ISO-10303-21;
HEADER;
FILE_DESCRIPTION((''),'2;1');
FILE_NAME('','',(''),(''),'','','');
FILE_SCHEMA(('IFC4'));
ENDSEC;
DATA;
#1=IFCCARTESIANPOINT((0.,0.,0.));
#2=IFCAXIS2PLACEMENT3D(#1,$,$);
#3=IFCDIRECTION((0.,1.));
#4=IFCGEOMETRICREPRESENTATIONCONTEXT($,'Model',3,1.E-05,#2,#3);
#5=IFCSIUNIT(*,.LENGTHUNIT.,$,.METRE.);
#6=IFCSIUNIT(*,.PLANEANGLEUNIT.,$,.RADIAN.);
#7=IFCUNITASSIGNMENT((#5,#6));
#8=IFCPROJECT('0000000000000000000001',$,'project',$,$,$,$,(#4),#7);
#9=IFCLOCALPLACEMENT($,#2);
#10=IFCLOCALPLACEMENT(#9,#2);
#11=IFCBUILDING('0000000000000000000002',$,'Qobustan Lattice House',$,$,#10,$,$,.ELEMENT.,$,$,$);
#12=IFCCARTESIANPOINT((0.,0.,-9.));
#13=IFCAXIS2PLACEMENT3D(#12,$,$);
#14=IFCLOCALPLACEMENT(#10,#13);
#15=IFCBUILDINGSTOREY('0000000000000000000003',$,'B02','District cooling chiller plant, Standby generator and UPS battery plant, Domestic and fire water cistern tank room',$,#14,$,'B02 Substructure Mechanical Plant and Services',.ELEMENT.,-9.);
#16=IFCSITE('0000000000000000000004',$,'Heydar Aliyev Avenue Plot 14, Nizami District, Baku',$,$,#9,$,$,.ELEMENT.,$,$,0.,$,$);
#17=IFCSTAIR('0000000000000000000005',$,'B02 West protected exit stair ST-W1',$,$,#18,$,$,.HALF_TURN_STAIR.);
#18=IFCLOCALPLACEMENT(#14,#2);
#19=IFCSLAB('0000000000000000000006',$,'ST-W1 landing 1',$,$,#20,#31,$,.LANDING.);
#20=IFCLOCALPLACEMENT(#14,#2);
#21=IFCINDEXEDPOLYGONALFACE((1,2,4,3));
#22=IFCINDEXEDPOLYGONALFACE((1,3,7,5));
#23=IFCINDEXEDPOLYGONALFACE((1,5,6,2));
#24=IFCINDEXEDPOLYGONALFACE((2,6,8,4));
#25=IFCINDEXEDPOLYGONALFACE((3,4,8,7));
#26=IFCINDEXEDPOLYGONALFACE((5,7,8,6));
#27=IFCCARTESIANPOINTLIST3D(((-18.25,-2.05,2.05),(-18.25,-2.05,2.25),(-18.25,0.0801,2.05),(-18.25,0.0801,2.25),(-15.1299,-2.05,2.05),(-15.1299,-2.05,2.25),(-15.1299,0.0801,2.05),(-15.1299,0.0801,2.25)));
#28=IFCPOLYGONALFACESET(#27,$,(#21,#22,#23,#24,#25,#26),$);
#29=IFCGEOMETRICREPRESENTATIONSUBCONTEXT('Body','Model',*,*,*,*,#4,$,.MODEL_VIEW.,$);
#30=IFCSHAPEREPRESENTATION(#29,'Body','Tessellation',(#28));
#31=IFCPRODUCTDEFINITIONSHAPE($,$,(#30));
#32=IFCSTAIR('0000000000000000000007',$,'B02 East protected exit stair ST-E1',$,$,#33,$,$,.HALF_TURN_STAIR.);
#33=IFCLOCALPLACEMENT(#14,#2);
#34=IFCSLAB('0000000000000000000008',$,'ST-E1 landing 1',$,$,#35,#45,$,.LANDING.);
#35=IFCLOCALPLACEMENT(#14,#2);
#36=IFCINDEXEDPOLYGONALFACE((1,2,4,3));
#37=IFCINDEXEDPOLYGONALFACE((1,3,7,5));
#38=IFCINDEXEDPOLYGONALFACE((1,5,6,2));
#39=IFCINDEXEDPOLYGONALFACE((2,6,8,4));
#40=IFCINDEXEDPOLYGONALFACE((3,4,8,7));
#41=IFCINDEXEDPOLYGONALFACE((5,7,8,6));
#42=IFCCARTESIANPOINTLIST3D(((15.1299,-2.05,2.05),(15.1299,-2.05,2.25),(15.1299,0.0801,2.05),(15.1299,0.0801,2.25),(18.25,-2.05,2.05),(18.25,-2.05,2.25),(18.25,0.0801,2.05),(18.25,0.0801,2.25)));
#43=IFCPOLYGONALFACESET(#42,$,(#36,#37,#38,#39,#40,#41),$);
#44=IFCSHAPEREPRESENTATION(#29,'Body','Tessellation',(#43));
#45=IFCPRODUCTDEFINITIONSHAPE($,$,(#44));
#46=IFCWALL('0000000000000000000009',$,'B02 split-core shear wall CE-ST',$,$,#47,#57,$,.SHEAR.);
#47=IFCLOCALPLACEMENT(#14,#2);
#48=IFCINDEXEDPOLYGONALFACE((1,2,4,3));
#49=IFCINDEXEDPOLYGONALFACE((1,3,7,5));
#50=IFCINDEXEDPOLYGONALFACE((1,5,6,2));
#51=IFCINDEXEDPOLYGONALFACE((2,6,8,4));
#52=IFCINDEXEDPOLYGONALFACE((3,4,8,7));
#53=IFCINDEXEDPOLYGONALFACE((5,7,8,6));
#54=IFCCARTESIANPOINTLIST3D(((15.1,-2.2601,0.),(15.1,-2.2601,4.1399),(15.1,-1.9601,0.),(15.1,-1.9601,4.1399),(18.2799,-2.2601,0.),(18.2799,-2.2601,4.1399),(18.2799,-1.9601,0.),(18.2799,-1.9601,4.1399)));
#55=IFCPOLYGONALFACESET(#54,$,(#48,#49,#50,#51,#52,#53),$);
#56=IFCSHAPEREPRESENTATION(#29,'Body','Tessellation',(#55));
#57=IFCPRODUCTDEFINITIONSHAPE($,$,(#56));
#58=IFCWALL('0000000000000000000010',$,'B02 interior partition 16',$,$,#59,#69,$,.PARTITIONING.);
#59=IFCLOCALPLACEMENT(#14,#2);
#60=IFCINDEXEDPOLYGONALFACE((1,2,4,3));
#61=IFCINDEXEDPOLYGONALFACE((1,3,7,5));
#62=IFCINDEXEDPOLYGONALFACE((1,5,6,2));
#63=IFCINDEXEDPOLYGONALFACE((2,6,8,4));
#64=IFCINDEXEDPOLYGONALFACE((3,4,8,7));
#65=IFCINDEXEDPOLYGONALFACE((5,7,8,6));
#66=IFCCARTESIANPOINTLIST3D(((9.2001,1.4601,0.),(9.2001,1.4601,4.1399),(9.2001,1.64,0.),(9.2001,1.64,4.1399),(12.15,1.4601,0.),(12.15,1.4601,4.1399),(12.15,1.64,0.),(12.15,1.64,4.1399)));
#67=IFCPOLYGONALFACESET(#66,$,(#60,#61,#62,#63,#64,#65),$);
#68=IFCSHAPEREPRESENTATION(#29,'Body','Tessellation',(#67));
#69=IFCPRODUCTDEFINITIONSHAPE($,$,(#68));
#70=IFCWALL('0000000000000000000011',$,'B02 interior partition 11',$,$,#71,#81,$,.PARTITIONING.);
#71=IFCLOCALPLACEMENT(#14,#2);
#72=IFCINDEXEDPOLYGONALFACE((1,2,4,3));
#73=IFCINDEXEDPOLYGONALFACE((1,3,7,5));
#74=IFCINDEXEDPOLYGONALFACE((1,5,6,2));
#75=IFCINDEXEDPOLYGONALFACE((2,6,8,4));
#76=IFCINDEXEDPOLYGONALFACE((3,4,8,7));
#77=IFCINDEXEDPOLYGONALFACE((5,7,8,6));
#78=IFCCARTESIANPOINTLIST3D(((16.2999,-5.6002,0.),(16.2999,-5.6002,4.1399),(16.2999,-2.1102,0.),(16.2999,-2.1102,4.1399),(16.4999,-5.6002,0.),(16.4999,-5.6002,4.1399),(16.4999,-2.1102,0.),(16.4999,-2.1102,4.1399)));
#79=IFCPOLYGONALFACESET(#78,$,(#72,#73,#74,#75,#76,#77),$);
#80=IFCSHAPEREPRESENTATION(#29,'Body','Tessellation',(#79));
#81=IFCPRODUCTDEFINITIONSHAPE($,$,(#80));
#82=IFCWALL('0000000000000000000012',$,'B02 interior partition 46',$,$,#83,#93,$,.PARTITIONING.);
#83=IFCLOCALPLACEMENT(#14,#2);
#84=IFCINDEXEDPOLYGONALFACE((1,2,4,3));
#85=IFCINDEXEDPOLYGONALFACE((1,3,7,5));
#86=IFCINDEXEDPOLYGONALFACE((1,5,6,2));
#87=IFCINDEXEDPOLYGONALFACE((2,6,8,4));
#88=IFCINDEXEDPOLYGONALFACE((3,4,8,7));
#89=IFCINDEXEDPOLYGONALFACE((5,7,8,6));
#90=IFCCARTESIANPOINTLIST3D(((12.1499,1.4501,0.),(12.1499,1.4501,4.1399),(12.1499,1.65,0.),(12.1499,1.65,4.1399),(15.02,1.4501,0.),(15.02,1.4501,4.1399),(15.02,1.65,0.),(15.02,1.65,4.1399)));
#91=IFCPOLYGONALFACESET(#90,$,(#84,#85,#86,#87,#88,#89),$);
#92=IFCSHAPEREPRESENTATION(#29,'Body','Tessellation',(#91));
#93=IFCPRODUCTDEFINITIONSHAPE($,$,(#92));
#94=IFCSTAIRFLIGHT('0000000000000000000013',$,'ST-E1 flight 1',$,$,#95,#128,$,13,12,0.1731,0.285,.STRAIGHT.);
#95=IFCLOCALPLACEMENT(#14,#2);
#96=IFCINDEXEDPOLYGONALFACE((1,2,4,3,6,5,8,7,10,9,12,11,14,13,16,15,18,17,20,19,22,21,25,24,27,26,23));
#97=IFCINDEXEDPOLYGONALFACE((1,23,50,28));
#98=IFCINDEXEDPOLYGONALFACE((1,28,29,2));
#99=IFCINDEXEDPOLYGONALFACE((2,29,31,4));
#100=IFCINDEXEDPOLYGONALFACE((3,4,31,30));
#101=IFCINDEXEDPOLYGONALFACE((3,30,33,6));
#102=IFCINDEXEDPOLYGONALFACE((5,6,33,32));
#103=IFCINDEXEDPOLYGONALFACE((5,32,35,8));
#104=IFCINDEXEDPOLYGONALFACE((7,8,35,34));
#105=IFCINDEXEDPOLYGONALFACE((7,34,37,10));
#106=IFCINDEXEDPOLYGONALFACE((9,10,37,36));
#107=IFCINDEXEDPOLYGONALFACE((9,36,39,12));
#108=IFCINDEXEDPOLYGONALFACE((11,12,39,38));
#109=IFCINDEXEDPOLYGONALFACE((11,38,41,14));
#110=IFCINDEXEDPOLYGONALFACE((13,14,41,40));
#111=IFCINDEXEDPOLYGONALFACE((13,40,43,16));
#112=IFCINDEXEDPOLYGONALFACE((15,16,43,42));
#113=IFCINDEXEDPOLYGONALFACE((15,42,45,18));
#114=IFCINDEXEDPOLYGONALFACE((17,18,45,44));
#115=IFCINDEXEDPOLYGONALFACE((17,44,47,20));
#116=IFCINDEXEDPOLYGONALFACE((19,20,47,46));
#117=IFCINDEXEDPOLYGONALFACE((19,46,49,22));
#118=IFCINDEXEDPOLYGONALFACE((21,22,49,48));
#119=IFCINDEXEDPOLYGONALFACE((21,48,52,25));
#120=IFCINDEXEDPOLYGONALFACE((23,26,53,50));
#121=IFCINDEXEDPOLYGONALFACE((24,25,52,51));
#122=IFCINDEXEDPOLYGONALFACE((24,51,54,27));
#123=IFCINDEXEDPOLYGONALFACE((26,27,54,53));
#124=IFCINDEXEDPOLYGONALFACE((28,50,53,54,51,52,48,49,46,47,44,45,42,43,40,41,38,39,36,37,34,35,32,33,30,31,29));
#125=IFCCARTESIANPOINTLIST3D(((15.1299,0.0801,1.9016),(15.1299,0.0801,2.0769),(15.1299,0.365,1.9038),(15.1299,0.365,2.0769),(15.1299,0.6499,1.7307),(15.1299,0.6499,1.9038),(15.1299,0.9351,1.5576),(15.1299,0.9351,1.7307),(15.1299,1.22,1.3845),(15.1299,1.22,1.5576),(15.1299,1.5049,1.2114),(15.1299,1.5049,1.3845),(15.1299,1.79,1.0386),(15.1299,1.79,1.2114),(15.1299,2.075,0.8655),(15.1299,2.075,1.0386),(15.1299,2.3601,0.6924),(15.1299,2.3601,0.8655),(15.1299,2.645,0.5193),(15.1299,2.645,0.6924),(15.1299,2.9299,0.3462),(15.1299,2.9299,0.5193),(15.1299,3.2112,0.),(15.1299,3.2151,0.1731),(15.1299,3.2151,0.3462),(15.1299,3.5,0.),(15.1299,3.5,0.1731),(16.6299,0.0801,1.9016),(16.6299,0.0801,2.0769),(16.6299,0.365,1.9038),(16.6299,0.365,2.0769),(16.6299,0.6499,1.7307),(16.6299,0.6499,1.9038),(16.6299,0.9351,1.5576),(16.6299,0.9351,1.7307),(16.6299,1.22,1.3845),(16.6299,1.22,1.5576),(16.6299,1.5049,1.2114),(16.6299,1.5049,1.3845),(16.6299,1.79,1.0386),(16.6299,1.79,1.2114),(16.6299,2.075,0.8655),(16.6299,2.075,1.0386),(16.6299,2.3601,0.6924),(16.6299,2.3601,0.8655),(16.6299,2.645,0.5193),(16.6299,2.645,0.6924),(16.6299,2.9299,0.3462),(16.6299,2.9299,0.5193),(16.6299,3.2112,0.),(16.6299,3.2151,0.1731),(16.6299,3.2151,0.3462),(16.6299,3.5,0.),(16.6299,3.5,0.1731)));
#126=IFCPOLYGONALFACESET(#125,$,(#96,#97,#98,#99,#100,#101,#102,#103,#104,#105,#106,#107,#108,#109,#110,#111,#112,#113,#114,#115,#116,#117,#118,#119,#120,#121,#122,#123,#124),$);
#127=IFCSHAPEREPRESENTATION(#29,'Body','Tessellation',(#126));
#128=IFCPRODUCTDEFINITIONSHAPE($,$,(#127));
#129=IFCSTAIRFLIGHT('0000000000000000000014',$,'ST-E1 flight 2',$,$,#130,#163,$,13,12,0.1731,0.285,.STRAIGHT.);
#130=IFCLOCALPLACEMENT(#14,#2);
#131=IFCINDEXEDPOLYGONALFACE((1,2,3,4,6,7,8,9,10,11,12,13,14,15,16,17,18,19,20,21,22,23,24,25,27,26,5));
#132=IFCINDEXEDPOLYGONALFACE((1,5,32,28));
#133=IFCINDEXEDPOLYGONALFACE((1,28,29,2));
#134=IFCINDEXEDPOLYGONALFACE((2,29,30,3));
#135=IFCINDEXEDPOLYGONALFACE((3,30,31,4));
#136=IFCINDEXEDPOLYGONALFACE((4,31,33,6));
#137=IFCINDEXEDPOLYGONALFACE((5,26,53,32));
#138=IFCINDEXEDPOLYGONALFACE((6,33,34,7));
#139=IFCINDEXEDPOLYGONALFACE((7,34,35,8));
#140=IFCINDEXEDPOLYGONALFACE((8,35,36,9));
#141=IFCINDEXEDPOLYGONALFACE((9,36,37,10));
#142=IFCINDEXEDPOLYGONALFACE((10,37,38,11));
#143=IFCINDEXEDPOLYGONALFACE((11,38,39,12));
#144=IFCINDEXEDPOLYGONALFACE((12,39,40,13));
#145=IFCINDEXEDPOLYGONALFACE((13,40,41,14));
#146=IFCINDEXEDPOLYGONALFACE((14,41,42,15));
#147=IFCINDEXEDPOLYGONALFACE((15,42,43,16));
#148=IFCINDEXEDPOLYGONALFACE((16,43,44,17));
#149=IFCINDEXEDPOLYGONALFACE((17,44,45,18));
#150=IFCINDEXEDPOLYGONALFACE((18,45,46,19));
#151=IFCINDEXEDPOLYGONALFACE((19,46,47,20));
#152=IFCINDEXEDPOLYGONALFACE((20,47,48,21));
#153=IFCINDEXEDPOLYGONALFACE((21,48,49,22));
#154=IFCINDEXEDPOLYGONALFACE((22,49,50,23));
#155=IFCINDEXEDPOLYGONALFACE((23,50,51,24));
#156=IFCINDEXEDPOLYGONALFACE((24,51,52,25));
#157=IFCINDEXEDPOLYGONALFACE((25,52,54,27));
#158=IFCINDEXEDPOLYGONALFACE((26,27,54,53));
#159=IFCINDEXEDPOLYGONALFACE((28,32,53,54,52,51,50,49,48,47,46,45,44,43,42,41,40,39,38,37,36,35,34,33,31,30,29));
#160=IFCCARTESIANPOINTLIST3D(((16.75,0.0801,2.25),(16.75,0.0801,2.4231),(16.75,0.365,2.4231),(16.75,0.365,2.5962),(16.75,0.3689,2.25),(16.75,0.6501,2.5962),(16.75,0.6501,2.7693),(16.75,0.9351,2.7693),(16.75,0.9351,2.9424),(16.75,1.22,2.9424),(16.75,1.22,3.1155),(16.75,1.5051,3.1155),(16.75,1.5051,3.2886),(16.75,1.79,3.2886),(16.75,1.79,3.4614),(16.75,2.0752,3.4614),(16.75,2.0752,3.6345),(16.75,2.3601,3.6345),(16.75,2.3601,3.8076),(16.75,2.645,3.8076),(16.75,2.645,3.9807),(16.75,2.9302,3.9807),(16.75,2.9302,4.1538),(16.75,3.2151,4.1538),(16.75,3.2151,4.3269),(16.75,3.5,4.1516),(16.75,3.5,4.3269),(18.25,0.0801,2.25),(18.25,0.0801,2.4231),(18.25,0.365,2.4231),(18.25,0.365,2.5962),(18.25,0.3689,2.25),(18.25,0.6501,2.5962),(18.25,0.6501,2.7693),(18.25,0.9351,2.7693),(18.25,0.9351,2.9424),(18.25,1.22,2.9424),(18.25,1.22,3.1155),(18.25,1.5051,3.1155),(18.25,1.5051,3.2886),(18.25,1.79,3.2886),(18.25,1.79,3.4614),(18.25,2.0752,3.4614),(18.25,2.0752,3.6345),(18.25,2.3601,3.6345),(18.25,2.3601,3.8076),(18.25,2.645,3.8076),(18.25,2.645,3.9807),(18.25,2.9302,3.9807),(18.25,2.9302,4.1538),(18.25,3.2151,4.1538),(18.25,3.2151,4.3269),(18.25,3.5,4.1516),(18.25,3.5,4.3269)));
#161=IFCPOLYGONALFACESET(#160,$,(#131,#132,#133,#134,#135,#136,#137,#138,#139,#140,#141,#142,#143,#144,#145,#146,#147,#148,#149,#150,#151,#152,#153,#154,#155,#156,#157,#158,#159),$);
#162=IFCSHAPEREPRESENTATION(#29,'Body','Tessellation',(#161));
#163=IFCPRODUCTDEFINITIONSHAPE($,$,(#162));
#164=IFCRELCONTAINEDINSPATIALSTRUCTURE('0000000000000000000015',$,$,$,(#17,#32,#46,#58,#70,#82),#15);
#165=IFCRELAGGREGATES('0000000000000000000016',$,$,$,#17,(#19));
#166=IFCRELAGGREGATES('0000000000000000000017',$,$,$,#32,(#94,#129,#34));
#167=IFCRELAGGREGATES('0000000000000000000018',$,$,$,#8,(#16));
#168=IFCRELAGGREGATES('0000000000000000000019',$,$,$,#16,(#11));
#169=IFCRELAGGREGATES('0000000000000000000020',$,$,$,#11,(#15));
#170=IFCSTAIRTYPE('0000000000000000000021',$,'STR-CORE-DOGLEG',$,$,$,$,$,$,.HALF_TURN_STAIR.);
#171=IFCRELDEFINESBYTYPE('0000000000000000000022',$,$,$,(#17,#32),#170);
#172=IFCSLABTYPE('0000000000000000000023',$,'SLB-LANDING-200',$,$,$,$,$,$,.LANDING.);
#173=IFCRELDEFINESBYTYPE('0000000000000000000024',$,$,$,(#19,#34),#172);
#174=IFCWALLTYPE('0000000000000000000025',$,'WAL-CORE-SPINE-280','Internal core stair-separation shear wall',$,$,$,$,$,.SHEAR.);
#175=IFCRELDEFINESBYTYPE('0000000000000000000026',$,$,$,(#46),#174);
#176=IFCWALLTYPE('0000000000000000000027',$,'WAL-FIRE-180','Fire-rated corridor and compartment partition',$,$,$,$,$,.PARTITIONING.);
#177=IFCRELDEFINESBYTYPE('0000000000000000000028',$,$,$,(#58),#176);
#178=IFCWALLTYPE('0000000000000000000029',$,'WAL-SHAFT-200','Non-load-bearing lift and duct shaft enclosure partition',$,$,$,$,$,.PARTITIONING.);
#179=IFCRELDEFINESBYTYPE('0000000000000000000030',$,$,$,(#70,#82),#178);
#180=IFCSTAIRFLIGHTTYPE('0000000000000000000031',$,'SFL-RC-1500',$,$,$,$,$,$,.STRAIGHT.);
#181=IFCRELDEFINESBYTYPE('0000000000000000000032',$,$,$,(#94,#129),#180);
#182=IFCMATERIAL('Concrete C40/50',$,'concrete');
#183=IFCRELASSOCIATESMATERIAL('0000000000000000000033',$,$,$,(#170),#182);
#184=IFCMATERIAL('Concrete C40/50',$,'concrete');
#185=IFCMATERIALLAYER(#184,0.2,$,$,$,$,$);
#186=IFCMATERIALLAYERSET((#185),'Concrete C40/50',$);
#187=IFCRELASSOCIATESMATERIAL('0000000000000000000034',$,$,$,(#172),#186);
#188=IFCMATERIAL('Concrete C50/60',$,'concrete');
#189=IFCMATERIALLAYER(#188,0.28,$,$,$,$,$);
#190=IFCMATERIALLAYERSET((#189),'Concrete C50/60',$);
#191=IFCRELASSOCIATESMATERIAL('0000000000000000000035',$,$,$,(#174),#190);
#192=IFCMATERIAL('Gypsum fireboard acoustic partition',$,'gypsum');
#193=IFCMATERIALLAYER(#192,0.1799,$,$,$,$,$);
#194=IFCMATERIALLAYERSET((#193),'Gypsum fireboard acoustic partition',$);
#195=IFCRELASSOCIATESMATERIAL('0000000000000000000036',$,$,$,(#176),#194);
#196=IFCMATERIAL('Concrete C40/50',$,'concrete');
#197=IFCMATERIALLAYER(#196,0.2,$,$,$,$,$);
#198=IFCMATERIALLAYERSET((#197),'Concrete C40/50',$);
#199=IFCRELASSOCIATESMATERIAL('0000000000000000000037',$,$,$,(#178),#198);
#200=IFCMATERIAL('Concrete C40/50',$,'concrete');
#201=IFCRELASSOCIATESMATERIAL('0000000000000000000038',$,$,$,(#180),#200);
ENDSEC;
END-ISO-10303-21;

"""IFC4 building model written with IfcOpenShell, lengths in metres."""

from ifc_helpers import new_model, si_unit, direction, frame, frame_2d, origin, place, context, subcontext, project, spatial, polyline, rectangle, outline, extrude, material, layer, layer_set, type_object, element, aggregate, save


model = new_model("IFC4")

# Units and contexts
model_context = context("Model", 3, precision=1e-05, world=origin(), true_north=direction((0.0, 1.0)))
body_context = subcontext(model_context, "Body", "Model", "MODEL_VIEW")
ifc_project = project(units=[si_unit("LENGTHUNIT", "METRE"), si_unit("PLANEANGLEUNIT", "RADIAN")], contexts=[model_context])

# Site, building, storey
site_placement = place(None, origin())
site = spatial("IfcSite", under=ifc_project, at=site_placement, Name="Heydar Aliyev Avenue Plot 14, Nizami District, Baku", CompositionType="ELEMENT", RefElevation=0.0)
building_placement = place(site_placement, origin())
building = spatial("IfcBuilding", under=site, at=building_placement, Name="Qobustan Lattice House", CompositionType="ELEMENT")
storey_placement = place(building_placement, frame((0.0, 0.0, -9.0)))
storey = spatial("IfcBuildingStorey", under=building, at=storey_placement, Name="B02", Description="District cooling chiller plant, Standby generator and UPS battery plant, Domestic and fire water cistern tank room", LongName="B02 Substructure Mechanical Plant and Services", CompositionType="ELEMENT", Elevation=-9.0)

# Stairs, slabs
ifc_material_1 = material(Name="Concrete C40/50", Category="concrete")
stair_type = type_object("IfcStairType", Name="STR-CORE-DOGLEG", PredefinedType="HALF_TURN_STAIR", material=ifc_material_1)
stair_1_placement = place(storey_placement, origin())
stair_1 = element("IfcStair", 1, at=stair_1_placement, inside=storey, type_object=stair_type, Name="B02 West protected exit stair ST-W1", PredefinedType="HALF_TURN_STAIR")
ifc_material_2 = material(Name="Concrete C40/50", Category="concrete")
ifc_layer_1 = layer(ifc_material_2, 0.2)
ifc_layer_set_1 = layer_set([ifc_layer_1], Name="Concrete C40/50")
slab_type = type_object("IfcSlabType", Name="SLB-LANDING-200", PredefinedType="LANDING", material=ifc_layer_set_1)
slab_1_placement = place(storey_placement, frame((0.0, 0.0, 2.05)))
slab_1 = element("IfcSlab", 2, at=slab_1_placement, type_object=slab_type, Name="ST-W1 landing 1", PredefinedType="LANDING", context=body_context, shape_type="SweptSolid", body=[
    extrude(outline(polyline([(-18.25, 0.0801), (-18.25, -2.05), (-15.1299, -2.05), (-15.1299, 0.0801), (-18.25, 0.0801)])), origin(), (0.0, 0.0, 1.0), 0.2),
])
aggregate(stair_1, [slab_1])
stair_2_placement = place(storey_placement, origin())
stair_2 = element("IfcStair", 3, at=stair_2_placement, inside=storey, type_object=stair_type, Name="B02 East protected exit stair ST-E1", PredefinedType="HALF_TURN_STAIR")
slab_2_placement = place(storey_placement, frame((0.0, 0.0, 2.05)))
slab_2 = element("IfcSlab", 4, at=slab_2_placement, type_object=slab_type, Name="ST-E1 landing 1", PredefinedType="LANDING", context=body_context, shape_type="SweptSolid", body=[
    extrude(outline(polyline([(15.1299, 0.0801), (15.1299, -2.05), (18.25, -2.05), (18.25, 0.0801), (15.1299, 0.0801)])), origin(), (0.0, 0.0, 1.0), 0.2),
])

# Walls
ifc_material_3 = material(Name="Concrete C50/60", Category="concrete")
ifc_layer_2 = layer(ifc_material_3, 0.28)
ifc_layer_set_2 = layer_set([ifc_layer_2], Name="Concrete C50/60")
wall_type_1 = type_object("IfcWallType", Name="WAL-CORE-SPINE-280", Description="Internal core stair-separation shear wall", PredefinedType="SHEAR", material=ifc_layer_set_2)
wall_1_placement = place(storey_placement, frame((15.1001, -2.1101, 0.0), z_axis=(0.0, 0.0, 1.0), x_axis=(1.0, 0.0, 0.0)))
element("IfcWall", 5, at=wall_1_placement, inside=storey, type_object=wall_type_1, Name="B02 split-core shear wall CE-ST", PredefinedType="SHEAR", context=body_context, shape_type="SweptSolid", body=[
    extrude(rectangle(XDim=3.1799, YDim=0.3, at=frame_2d((1.5898, 0.0))), origin(), (0.0, 0.0, 1.0), 4.1399),
])
ifc_material_4 = material(Name="Gypsum fireboard acoustic partition", Category="gypsum")
ifc_layer_3 = layer(ifc_material_4, 0.1799)
ifc_layer_set_3 = layer_set([ifc_layer_3], Name="Gypsum fireboard acoustic partition")
wall_type_2 = type_object("IfcWallType", Name="WAL-FIRE-180", Description="Fire-rated corridor and compartment partition", PredefinedType="PARTITIONING", material=ifc_layer_set_3)
wall_2_placement = place(storey_placement, frame((9.2, 1.55, 0.0), z_axis=(0.0, 0.0, 1.0), x_axis=(1.0, 0.0, 0.0)))
element("IfcWall", 6, at=wall_2_placement, inside=storey, type_object=wall_type_2, Name="B02 interior partition 16", PredefinedType="PARTITIONING", context=body_context, shape_type="SweptSolid", body=[
    extrude(rectangle(XDim=2.95, YDim=0.1799, at=frame_2d((1.4751, 0.0))), origin(), (0.0, 0.0, 1.0), 4.1399),
])
ifc_material_5 = material(Name="Concrete C40/50", Category="concrete")
ifc_layer_4 = layer(ifc_material_5, 0.2)
ifc_layer_set_4 = layer_set([ifc_layer_4], Name="Concrete C40/50")
wall_type_3 = type_object("IfcWallType", Name="WAL-SHAFT-200", Description="Non-load-bearing lift and duct shaft enclosure partition", PredefinedType="PARTITIONING", material=ifc_layer_set_4)
wall_3_placement = place(storey_placement, frame((16.3999, -2.1101, 0.0), z_axis=(0.0, 0.0, 1.0), x_axis=(0.0, -1.0, 0.0)))
element("IfcWall", 7, at=wall_3_placement, inside=storey, type_object=wall_type_3, Name="B02 interior partition 11", PredefinedType="PARTITIONING", context=body_context, shape_type="SweptSolid", body=[
    extrude(rectangle(XDim=3.49, YDim=0.2, at=frame_2d((1.7451, 0.0))), origin(), (0.0, 0.0, 1.0), 4.1399),
])
wall_4_placement = place(storey_placement, frame((12.1499, 1.55, 0.0), z_axis=(0.0, 0.0, 1.0), x_axis=(1.0, 0.0, 0.0)))
element("IfcWall", 8, at=wall_4_placement, inside=storey, type_object=wall_type_3, Name="B02 interior partition 46", PredefinedType="PARTITIONING", context=body_context, shape_type="SweptSolid", body=[
    extrude(rectangle(XDim=2.8701, YDim=0.2, at=frame_2d((1.4351, 0.0))), origin(), (0.0, 0.0, 1.0), 4.1399),
])

# Stair flights
ifc_material_6 = material(Name="Concrete C40/50", Category="concrete")
stair_flight_type = type_object("IfcStairFlightType", Name="SFL-RC-1500", PredefinedType="STRAIGHT", material=ifc_material_6)
stair_flight_1_placement = place(storey_placement, frame((15.8799, 3.5, 0.0), z_axis=(0.0, 0.0, 1.0), x_axis=(0.0, -1.0, 0.0)))
stair_flight_1 = element("IfcStairFlight", 9, at=stair_flight_1_placement, type_object=stair_flight_type, Name="ST-E1 flight 1", NumberOfRisers=13, NumberOfTreads=12, PredefinedType="STRAIGHT", RiserHeight=0.1731, TreadLength=0.285, context=body_context, shape_type="SweptSolid", body=[
    extrude(outline(polyline([(0.0, 0.0), (0.0, 0.1731), (0.2849, 0.1731), (0.2849, 0.3462), (0.5701, 0.3462), (0.5701, 0.5193), (0.855, 0.5193), (0.855, 0.6924), (1.1399, 0.6924), (1.1399, 0.8655), (1.425, 0.8655), (1.425, 1.0386), (1.71, 1.0386), (1.71, 1.2114), (1.9951, 1.2114), (1.9951, 1.3845), (2.28, 1.3845), (2.28, 1.5576), (2.5649, 1.5576), (2.5649, 1.7307), (2.8501, 1.7307), (2.8501, 1.9038), (3.135, 1.9038), (3.135, 2.0769), (3.4199, 2.0769), (3.4199, 2.25), (3.4199, 1.9016), (0.2888, 0.0), (0.0, 0.0)])), frame((0.0, 0.75, 0.0), z_axis=(0.0, -1.0, 0.0), x_axis=(1.0, 0.0, 0.0)), (0.0, 0.0, 1.0), 1.5),
])
stair_flight_2_placement = place(storey_placement, frame((17.5, 0.0801, 2.25), z_axis=(0.0, 0.0, 1.0), x_axis=(0.0, 1.0, 0.0)))
stair_flight_2 = element("IfcStairFlight", 10, at=stair_flight_2_placement, type_object=stair_flight_type, Name="ST-E1 flight 2", NumberOfRisers=13, NumberOfTreads=12, PredefinedType="STRAIGHT", RiserHeight=0.1731, TreadLength=0.285, context=body_context, shape_type="SweptSolid", body=[
    extrude(outline(polyline([(0.0, 0.0), (0.0, 0.1731), (0.2849, 0.1731), (0.2849, 0.3462), (0.5701, 0.3462), (0.5701, 0.5193), (0.855, 0.5193), (0.855, 0.6924), (1.1399, 0.6924), (1.1399, 0.8655), (1.425, 0.8655), (1.425, 1.0386), (1.71, 1.0386), (1.71, 1.2114), (1.9951, 1.2114), (1.9951, 1.3845), (2.28, 1.3845), (2.28, 1.5576), (2.5649, 1.5576), (2.5649, 1.7307), (2.8501, 1.7307), (2.8501, 1.9038), (3.135, 1.9038), (3.135, 2.0769), (3.4199, 2.0769), (3.4199, 2.25), (3.4199, 1.9016), (0.2888, 0.0), (0.0, 0.0)])), frame((0.0, 0.75, 0.0), z_axis=(0.0, -1.0, 0.0), x_axis=(1.0, 0.0, 0.0)), (0.0, 0.0, 1.0), 1.5),
])
aggregate(stair_2, [stair_flight_1, stair_flight_2, slab_2])

save(model, "model.ifc")
